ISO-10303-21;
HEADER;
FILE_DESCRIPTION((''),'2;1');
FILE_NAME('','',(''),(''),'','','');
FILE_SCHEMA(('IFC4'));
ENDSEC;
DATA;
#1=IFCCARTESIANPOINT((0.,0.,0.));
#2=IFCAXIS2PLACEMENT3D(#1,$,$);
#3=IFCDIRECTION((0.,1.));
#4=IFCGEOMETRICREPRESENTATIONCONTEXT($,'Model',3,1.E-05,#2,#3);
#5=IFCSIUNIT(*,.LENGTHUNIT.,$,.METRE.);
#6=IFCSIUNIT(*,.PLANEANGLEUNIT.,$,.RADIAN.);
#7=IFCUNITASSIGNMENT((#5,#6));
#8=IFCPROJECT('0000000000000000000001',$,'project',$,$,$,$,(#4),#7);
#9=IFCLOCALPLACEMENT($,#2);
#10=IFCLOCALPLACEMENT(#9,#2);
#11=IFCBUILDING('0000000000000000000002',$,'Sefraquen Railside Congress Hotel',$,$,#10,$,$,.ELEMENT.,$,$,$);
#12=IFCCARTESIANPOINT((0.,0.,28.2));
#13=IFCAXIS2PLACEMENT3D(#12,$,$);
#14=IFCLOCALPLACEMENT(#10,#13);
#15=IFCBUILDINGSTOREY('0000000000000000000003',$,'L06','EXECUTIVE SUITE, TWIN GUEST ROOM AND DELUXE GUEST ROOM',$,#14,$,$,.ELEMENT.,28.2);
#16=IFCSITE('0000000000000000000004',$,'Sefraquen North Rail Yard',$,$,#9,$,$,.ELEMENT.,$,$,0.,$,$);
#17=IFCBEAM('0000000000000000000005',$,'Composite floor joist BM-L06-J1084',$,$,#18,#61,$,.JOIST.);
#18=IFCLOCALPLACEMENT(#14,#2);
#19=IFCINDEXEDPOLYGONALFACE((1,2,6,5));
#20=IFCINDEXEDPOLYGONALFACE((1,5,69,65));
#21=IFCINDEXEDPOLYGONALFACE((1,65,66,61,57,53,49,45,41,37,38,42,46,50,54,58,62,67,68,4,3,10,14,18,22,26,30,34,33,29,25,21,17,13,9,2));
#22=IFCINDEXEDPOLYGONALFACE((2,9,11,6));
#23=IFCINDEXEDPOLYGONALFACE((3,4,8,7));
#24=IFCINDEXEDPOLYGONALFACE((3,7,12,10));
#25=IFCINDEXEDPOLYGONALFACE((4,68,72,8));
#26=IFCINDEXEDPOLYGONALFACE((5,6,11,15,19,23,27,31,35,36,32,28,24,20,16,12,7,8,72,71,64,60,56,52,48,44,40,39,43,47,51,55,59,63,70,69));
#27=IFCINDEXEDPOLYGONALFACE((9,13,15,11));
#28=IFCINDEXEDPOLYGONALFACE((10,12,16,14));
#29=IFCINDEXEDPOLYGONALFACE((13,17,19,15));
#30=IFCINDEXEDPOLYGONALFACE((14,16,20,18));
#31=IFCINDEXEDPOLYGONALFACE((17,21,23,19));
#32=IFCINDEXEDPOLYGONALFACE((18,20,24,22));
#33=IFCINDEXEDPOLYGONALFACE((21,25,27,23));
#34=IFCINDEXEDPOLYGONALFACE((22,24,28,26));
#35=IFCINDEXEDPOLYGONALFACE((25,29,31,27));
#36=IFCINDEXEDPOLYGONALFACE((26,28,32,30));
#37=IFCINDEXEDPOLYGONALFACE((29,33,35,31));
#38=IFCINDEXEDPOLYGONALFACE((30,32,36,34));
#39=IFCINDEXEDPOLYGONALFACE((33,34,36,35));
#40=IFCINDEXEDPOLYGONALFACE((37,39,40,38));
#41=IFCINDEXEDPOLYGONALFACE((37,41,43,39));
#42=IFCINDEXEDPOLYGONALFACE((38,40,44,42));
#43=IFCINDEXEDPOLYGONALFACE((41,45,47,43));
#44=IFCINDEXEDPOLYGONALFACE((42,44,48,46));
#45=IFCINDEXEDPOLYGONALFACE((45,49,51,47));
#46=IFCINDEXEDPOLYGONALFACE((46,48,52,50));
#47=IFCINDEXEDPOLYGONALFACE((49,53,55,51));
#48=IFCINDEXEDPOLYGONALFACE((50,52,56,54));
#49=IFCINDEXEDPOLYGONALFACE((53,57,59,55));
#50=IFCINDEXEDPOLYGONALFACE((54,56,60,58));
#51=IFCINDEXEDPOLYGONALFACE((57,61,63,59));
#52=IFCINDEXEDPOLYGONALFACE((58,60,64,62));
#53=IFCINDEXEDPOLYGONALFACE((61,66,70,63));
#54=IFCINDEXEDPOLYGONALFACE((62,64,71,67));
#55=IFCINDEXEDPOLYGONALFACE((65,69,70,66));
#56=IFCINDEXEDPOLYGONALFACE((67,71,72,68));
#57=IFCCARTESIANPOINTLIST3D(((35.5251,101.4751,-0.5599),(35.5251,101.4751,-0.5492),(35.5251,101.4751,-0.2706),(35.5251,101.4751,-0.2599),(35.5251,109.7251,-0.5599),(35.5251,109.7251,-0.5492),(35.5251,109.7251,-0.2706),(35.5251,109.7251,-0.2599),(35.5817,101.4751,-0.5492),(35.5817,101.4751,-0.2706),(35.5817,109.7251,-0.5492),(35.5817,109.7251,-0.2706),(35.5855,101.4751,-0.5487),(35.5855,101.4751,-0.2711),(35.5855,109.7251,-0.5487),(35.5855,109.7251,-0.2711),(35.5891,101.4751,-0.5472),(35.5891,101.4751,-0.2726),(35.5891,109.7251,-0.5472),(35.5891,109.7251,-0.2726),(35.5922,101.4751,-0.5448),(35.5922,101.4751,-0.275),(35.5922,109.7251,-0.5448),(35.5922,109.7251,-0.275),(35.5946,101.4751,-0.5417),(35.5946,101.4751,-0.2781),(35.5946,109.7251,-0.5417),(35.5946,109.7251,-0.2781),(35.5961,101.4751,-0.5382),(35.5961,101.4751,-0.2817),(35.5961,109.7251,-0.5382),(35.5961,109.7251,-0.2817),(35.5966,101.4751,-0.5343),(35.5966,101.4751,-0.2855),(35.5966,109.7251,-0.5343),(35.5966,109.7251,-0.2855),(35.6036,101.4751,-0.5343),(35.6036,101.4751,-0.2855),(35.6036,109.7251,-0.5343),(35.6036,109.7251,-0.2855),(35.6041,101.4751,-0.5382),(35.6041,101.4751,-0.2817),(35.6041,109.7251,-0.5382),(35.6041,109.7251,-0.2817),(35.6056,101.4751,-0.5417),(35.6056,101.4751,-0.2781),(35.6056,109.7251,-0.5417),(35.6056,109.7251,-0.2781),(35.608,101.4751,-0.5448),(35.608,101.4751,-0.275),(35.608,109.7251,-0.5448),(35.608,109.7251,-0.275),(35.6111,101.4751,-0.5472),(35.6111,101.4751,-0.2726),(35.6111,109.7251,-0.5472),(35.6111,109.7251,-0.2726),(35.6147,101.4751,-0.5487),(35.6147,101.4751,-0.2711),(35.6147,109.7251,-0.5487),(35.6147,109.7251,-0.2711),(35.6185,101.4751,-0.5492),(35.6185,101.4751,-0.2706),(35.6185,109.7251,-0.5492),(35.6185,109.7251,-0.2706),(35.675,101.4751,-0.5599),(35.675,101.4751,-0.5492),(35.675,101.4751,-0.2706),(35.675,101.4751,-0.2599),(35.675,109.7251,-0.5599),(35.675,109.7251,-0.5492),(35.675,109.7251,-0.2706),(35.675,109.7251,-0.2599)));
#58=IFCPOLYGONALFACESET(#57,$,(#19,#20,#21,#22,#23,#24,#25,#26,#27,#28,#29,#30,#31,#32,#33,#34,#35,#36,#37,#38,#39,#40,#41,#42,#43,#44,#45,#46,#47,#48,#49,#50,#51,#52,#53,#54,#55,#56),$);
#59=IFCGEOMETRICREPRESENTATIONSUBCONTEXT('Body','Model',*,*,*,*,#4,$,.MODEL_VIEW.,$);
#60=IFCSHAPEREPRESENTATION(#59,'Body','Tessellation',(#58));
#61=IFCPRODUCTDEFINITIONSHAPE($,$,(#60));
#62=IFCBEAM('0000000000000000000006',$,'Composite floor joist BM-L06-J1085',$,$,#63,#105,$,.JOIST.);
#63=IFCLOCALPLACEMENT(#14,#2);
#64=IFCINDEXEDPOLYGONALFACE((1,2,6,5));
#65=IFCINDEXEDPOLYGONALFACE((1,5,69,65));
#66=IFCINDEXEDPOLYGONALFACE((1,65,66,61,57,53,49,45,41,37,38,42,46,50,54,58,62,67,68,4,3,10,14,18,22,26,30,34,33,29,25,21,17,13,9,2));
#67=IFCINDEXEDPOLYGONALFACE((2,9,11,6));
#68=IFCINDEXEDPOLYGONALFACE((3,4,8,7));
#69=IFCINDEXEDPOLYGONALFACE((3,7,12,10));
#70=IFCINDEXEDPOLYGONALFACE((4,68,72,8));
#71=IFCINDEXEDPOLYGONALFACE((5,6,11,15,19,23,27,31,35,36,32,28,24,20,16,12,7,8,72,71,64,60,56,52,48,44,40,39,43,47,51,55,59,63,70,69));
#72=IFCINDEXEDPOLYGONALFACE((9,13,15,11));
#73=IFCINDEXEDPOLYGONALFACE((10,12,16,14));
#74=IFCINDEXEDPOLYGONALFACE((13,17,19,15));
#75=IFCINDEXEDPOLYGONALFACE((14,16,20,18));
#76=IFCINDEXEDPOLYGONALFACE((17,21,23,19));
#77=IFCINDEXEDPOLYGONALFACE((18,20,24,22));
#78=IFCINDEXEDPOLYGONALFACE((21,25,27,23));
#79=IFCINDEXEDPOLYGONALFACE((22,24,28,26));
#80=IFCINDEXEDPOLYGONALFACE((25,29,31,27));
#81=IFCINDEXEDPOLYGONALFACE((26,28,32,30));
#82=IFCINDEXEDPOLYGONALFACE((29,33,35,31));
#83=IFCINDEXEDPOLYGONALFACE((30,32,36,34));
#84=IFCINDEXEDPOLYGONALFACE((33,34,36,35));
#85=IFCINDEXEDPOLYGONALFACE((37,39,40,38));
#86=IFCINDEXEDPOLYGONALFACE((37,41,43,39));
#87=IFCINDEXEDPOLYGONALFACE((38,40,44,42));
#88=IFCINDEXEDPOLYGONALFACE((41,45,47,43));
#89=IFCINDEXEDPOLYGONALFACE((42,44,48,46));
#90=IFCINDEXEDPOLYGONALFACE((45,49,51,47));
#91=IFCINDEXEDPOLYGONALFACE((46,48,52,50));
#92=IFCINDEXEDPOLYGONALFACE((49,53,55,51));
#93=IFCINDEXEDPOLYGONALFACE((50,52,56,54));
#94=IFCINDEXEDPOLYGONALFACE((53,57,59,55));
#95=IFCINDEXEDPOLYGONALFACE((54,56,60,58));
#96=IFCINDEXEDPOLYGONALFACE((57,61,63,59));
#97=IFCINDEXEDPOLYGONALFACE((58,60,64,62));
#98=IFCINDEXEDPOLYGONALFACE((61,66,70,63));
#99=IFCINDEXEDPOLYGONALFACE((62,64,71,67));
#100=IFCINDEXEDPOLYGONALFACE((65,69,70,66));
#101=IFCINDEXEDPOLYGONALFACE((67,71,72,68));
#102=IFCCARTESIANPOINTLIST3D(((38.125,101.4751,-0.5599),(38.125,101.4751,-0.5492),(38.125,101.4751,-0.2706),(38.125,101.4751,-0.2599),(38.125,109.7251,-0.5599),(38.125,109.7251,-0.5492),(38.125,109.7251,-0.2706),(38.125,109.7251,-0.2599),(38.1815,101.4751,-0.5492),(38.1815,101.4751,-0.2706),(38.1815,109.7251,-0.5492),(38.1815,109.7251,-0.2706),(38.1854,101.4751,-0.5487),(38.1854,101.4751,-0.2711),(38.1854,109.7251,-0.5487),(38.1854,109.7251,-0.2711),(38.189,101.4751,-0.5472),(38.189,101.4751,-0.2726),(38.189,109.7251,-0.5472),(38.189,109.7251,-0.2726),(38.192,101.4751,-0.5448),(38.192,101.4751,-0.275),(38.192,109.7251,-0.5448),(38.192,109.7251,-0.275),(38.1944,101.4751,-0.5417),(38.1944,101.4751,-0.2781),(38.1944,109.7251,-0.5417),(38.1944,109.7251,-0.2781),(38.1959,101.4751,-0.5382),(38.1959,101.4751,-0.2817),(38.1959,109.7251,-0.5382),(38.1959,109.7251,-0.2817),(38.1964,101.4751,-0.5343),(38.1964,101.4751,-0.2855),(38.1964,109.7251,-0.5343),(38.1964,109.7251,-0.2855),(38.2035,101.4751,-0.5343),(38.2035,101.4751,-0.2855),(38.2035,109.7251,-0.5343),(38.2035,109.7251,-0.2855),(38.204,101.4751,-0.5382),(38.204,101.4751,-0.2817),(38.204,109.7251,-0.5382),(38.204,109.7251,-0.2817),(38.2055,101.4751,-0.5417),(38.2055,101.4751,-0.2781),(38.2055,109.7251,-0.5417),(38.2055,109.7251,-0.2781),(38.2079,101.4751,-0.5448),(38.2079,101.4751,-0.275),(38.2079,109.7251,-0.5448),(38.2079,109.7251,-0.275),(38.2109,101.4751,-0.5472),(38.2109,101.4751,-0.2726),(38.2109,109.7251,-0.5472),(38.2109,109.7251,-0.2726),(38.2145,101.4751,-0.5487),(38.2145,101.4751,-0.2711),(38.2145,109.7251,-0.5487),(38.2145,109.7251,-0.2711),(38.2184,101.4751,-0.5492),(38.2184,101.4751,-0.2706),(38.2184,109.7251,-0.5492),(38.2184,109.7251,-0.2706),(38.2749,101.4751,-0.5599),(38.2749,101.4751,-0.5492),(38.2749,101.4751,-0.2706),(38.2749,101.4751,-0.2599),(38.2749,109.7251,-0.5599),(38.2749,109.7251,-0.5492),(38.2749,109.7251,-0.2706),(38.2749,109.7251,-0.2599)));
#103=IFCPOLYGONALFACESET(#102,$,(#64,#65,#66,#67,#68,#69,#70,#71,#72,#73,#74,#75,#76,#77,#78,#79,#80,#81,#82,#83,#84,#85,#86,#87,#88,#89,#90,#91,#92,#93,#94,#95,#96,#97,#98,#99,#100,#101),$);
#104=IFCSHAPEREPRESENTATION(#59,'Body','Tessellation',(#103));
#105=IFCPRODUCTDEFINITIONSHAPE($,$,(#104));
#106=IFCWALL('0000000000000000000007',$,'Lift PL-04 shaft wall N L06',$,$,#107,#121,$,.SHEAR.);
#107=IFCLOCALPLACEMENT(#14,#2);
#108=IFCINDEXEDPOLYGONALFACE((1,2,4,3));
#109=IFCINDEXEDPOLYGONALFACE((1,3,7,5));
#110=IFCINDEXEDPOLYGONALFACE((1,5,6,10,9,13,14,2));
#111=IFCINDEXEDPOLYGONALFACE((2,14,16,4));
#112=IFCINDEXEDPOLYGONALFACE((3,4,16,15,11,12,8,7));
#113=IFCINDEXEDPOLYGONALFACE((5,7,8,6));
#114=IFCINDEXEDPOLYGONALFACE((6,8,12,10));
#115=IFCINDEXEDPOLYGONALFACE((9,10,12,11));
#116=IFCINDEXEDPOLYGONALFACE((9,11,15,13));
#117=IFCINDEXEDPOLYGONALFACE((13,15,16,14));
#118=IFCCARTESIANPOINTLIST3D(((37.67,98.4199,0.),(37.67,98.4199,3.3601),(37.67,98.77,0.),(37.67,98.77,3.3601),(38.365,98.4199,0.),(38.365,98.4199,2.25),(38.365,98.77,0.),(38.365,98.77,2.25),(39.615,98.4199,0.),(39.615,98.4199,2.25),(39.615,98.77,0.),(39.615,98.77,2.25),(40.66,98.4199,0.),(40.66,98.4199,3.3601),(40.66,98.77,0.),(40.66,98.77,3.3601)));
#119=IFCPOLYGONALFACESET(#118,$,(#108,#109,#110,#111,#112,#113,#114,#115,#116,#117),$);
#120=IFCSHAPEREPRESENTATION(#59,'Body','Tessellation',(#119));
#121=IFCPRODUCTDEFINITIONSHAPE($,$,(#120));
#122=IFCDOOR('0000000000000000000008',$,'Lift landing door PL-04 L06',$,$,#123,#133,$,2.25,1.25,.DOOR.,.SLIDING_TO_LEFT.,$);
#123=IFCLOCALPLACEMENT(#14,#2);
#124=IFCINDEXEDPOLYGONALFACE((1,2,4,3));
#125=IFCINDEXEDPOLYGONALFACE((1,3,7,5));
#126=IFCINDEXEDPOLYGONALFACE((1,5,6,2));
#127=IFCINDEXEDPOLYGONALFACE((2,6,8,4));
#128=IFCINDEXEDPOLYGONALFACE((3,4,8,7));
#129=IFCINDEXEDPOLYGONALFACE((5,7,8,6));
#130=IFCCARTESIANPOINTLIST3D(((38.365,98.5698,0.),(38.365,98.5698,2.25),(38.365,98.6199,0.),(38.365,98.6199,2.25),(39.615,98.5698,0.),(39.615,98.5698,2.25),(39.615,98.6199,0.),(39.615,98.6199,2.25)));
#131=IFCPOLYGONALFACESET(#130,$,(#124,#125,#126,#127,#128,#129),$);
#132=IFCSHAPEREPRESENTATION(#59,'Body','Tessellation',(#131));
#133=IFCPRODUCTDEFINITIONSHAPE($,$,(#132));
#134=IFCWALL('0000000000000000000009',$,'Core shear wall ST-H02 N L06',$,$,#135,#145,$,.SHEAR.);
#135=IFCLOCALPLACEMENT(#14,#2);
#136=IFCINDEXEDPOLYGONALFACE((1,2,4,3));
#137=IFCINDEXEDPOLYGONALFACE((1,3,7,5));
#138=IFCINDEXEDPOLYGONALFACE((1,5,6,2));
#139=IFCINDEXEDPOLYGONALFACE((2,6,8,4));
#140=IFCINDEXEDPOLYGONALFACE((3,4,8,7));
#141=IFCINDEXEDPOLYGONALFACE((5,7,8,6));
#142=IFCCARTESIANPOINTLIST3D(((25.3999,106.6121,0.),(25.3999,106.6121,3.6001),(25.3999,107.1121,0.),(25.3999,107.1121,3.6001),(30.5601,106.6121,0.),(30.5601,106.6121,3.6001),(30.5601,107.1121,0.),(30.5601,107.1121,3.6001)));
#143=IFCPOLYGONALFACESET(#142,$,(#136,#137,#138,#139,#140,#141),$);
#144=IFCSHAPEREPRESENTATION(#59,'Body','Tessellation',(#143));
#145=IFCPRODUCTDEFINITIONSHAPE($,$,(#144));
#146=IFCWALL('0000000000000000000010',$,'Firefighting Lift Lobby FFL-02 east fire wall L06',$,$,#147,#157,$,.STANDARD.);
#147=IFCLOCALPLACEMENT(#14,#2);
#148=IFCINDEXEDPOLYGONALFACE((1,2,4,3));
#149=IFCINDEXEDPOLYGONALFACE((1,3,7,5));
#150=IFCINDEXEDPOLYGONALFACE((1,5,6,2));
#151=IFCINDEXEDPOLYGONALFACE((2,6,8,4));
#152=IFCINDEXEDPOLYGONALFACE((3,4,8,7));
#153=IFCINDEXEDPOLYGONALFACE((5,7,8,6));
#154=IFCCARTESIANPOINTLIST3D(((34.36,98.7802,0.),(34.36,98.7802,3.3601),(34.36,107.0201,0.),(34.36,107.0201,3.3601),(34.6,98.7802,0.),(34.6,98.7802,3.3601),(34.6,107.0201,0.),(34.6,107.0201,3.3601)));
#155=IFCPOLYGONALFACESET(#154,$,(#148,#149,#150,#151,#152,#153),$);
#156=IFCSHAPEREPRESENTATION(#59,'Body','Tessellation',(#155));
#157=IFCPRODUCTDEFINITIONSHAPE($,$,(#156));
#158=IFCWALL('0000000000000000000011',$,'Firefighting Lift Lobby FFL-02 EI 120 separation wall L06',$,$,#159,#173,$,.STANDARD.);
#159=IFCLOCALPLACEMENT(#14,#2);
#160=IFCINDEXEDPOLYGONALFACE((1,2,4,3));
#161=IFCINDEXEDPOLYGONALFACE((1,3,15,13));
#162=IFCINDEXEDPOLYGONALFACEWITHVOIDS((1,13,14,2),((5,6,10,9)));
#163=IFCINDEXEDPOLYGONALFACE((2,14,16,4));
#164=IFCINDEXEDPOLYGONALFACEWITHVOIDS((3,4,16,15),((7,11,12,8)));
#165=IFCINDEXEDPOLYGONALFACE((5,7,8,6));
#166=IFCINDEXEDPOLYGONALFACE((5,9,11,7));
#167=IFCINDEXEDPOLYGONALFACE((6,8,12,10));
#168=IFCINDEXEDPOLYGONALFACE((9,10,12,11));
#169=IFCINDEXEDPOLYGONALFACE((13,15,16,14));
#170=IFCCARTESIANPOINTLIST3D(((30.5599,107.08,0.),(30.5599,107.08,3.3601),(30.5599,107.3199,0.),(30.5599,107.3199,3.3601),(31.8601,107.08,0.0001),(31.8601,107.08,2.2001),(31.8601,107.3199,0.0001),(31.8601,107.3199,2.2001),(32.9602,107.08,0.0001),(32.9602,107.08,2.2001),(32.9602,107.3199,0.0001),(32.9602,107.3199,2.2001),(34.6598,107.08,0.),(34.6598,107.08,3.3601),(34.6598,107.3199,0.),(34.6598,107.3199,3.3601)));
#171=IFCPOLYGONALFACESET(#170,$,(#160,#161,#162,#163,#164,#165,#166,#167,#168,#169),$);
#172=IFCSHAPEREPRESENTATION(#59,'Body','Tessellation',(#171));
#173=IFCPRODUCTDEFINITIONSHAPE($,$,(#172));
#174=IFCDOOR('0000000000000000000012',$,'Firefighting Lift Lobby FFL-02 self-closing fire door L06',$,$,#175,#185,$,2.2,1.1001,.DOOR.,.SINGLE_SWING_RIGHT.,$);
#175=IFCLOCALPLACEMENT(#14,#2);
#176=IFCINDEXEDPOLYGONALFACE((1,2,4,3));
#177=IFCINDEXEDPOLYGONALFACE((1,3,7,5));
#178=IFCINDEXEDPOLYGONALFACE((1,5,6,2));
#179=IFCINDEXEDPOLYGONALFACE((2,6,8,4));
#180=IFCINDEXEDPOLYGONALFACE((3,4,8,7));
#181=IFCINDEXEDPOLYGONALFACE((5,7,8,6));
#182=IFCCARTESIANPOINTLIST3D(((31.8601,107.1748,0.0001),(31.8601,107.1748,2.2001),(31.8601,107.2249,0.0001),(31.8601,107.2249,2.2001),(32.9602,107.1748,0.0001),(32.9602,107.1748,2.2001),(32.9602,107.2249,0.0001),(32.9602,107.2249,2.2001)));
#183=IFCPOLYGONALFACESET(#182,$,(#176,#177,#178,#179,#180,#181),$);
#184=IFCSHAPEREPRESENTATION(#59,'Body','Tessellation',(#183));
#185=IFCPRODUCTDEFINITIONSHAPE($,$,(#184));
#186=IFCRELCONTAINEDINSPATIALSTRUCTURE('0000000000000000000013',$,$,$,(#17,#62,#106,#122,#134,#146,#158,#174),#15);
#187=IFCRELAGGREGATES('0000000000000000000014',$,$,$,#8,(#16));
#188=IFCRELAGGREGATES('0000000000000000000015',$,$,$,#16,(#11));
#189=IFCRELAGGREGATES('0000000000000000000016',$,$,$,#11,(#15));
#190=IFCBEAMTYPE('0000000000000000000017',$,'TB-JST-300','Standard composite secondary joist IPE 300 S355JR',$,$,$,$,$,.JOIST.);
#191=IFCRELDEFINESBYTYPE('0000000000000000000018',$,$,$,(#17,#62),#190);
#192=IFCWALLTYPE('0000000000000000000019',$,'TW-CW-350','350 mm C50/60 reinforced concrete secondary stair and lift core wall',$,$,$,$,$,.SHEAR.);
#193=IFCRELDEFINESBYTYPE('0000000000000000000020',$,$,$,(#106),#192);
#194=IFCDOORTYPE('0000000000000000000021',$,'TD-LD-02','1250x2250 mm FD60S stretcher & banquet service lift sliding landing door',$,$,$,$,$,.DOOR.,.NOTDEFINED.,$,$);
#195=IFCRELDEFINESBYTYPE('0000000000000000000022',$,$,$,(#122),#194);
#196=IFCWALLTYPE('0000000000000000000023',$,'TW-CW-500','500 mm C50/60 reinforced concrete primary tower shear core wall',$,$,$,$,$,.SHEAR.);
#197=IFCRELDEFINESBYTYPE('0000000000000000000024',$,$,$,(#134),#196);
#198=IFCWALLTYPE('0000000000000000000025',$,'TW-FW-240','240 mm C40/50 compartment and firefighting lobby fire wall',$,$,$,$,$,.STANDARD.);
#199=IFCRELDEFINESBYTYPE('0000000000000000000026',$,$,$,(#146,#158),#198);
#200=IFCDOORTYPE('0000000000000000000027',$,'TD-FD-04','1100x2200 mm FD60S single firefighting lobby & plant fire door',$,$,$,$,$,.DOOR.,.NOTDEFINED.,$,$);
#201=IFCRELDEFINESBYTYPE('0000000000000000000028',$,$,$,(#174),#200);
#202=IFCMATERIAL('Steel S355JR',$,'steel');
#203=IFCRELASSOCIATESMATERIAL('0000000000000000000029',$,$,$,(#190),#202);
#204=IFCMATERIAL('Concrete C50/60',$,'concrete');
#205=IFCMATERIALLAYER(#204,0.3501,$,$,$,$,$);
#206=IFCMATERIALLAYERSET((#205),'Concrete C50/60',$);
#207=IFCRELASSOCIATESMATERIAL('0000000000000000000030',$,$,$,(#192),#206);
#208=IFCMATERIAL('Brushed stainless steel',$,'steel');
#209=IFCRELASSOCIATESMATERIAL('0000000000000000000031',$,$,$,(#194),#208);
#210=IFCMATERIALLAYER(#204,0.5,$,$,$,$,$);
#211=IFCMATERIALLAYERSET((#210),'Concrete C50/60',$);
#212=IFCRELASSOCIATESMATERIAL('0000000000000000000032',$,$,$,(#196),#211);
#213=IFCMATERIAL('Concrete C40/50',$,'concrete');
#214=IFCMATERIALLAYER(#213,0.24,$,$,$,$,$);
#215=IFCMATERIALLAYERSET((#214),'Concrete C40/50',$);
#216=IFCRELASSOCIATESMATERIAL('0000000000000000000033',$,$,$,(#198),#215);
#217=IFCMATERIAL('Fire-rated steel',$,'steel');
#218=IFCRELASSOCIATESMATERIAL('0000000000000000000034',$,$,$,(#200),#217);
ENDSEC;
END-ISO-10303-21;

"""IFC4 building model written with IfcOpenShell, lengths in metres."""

from ifc_helpers import new_model, si_unit, direction, frame, frame_2d, origin, origin_2d, place, context, subcontext, project, spatial, rectangle, i_section, extrude, material, layer, layer_set, material_profile, profile_set, type_object, element, fill, save


model = new_model("IFC4")

# Units and contexts
model_context = context("Model", 3, precision=1e-05, world=origin(), true_north=direction((0.0, 1.0)))
body_context = subcontext(model_context, "Body", "Model", "MODEL_VIEW")
ifc_project = project(units=[si_unit("LENGTHUNIT", "METRE"), si_unit("PLANEANGLEUNIT", "RADIAN")], contexts=[model_context])

# Site, building, storey
site_placement = place(None, origin())
site = spatial("IfcSite", under=ifc_project, at=site_placement, Name="Sefraquen North Rail Yard", CompositionType="ELEMENT", RefElevation=0.0)
building_placement = place(site_placement, origin())
building = spatial("IfcBuilding", under=site, at=building_placement, Name="Sefraquen Railside Congress Hotel", CompositionType="ELEMENT")
storey_placement = place(building_placement, frame((0.0, 0.0, 28.2)))
storey = spatial("IfcBuildingStorey", under=building, at=storey_placement, Name="L06", Description="EXECUTIVE SUITE, TWIN GUEST ROOM AND DELUXE GUEST ROOM", CompositionType="ELEMENT", Elevation=28.2)

# Shared definitions
ifc_material_1 = material(Name="Steel S355JR", Category="steel")

# Beams
ifc_material_profile_1 = material_profile(ifc_material_1, i_section(OverallWidth=0.1499, OverallDepth=0.3, WebThickness=0.0071, FlangeThickness=0.0107, FilletRadius=0.0149, at=origin_2d()), Name="IPE 300")
ifc_profile_set_1 = profile_set([ifc_material_profile_1], Name="Steel S355JR")
beam_type_1 = type_object("IfcBeamType", Name="TB-JST-300", Description="Standard composite secondary joist IPE 300 S355JR", PredefinedType="JOIST", material=ifc_profile_set_1)
for number, where, z_axis, x_axis, name in (
    (1, (35.6001, 101.4751, -0.4099), (0.0, 1.0, 0.0), (-1.0, 0.0, 0.0), "Composite floor joist BM-L06-J1084"),
    (2, (38.2, 101.4751, -0.4099), (0.0, 1.0, 0.0), (-1.0, 0.0, 0.0), "Composite floor joist BM-L06-J1085"),
):
    element("IfcBeam", number, at=place(storey_placement, frame(where, z_axis=z_axis, x_axis=x_axis)), inside=storey, type_object=beam_type_1, Name=name, PredefinedType="JOIST", context=body_context, shape_type="SweptSolid", body=[
        extrude(i_section(OverallWidth=0.1499, OverallDepth=0.3, WebThickness=0.0071, FlangeThickness=0.0107, FilletRadius=0.0149, at=origin_2d()), origin(), (0.0, 0.0, 1.0), 8.25),
    ])

# Wall, opening, door
ifc_material_2 = material(Name="Concrete C50/60", Category="concrete")
ifc_layer_1 = layer(ifc_material_2, 0.3501)
ifc_layer_set_1 = layer_set([ifc_layer_1], Name="Concrete C50/60")
wall_type_1 = type_object("IfcWallType", Name="TW-CW-350", Description="350 mm C50/60 reinforced concrete secondary stair and lift core wall", PredefinedType="SHEAR", material=ifc_layer_set_1)
wall_1_placement = place(storey_placement, frame((37.6699, 98.595, 0.0), z_axis=(0.0, 0.0, 1.0), x_axis=(1.0, 0.0, 0.0)))
wall_1 = element("IfcWall", 3, at=wall_1_placement, inside=storey, type_object=wall_type_1, Name="Lift PL-04 shaft wall N L06", PredefinedType="SHEAR", context=body_context, shape_type="SweptSolid", body=[
    extrude(rectangle(XDim=2.99, YDim=0.3501, at=frame_2d((1.4951, 0.0))), origin(), (0.0, 0.0, 1.0), 3.3601),
])
opening_1_placement = place(wall_1_placement, frame((0.6951, 0.0, 0.0)))
opening_1 = element("IfcOpeningElement", 4, at=opening_1_placement, cuts=wall_1, PredefinedType="OPENING", context=body_context, shape_type="SweptSolid", body=[
    extrude(rectangle(XDim=1.25, YDim=2.25, at=frame_2d((0.625, 1.125))), frame((0.0, 0.1851, 0.0), z_axis=(0.0, -1.0, 0.0), x_axis=(1.0, 0.0, 0.0)), (0.0, 0.0, 1.0), 0.3701),
])
ifc_material_3 = material(Name="Brushed stainless steel", Category="steel")
door_type_1 = type_object("IfcDoorType", Name="TD-LD-02", Description="1250x2250 mm FD60S stretcher & banquet service lift sliding landing door", OperationType="NOTDEFINED", PredefinedType="DOOR", material=ifc_material_3)
door_1_placement = place(opening_1_placement, origin())
door_1 = element("IfcDoor", 5, at=door_1_placement, inside=storey, type_object=door_type_1, Name="Lift landing door PL-04 L06", OperationType="SLIDING_TO_LEFT", OverallHeight=2.25, OverallWidth=1.25, PredefinedType="DOOR", context=body_context, shape_type="SweptSolid", body=[
    extrude(rectangle(XDim=1.25, YDim=2.25, at=frame_2d((0.625, 1.125))), frame((0.0, 0.0249, 0.0), z_axis=(0.0, -1.0, 0.0), x_axis=(1.0, 0.0, 0.0)), (0.0, 0.0, 1.0), 0.05),
])
fill(opening_1, door_1)

# Walls
ifc_layer_2 = layer(ifc_material_2, 0.5)
ifc_layer_set_2 = layer_set([ifc_layer_2], Name="Concrete C50/60")
wall_type_2 = type_object("IfcWallType", Name="TW-CW-500", Description="500 mm C50/60 reinforced concrete primary tower shear core wall", PredefinedType="SHEAR", material=ifc_layer_set_2)
wall_2_placement = place(storey_placement, frame((25.3999, 106.8621, 0.0), z_axis=(0.0, 0.0, 1.0), x_axis=(1.0, 0.0, 0.0)))
element("IfcWall", 6, at=wall_2_placement, inside=storey, type_object=wall_type_2, Name="Core shear wall ST-H02 N L06", PredefinedType="SHEAR", context=body_context, shape_type="SweptSolid", body=[
    extrude(rectangle(XDim=5.1602, YDim=0.5, at=frame_2d((2.5801, 0.0))), origin(), (0.0, 0.0, 1.0), 3.6001),
])
ifc_material_4 = material(Name="Concrete C40/50", Category="concrete")
ifc_layer_3 = layer(ifc_material_4, 0.24)
ifc_layer_set_3 = layer_set([ifc_layer_3], Name="Concrete C40/50")
wall_type_3 = type_object("IfcWallType", Name="TW-FW-240", Description="240 mm C40/50 compartment and firefighting lobby fire wall", PredefinedType="STANDARD", material=ifc_layer_set_3)
wall_3_placement = place(storey_placement, frame((34.48, 98.78, 0.0), z_axis=(0.0, 0.0, 1.0), x_axis=(0.0, 1.0, 0.0)))
element("IfcWall", 7, at=wall_3_placement, inside=storey, type_object=wall_type_3, Name="Firefighting Lift Lobby FFL-02 east fire wall L06", PredefinedType="STANDARD", context=body_context, shape_type="SweptSolid", body=[
    extrude(rectangle(XDim=8.24, YDim=0.24, at=frame_2d((4.1201, 0.0))), origin(), (0.0, 0.0, 1.0), 3.3601),
])

# Wall, opening, door
wall_4_placement = place(storey_placement, frame((30.5601, 107.2, 0.0), z_axis=(0.0, 0.0, 1.0), x_axis=(1.0, 0.0, 0.0)))
wall_4 = element("IfcWall", 8, at=wall_4_placement, inside=storey, type_object=wall_type_3, Name="Firefighting Lift Lobby FFL-02 EI 120 separation wall L06", PredefinedType="STANDARD", context=body_context, shape_type="SweptSolid", body=[
    extrude(rectangle(XDim=4.0999, YDim=0.24, at=frame_2d((2.0498, 0.0))), origin(), (0.0, 0.0, 1.0), 3.3601),
])
opening_2_placement = place(wall_4_placement, frame((1.3, 0.0, 0.0)))
opening_2 = element("IfcOpeningElement", 9, at=opening_2_placement, cuts=wall_4, PredefinedType="OPENING", context=body_context, shape_type="SweptSolid", body=[
    extrude(rectangle(XDim=1.1001, YDim=2.2, at=frame_2d((0.55, 1.1001))), frame((0.0, 0.1299, 0.0), z_axis=(0.0, -1.0, 0.0), x_axis=(1.0, 0.0, 0.0)), (0.0, 0.0, 1.0), 0.26),
])
ifc_material_5 = material(Name="Fire-rated steel", Category="steel")
door_type_2 = type_object("IfcDoorType", Name="TD-FD-04", Description="1100x2200 mm FD60S single firefighting lobby & plant fire door", OperationType="NOTDEFINED", PredefinedType="DOOR", material=ifc_material_5)
door_2_placement = place(opening_2_placement, origin())
door_2 = element("IfcDoor", 10, at=door_2_placement, inside=storey, type_object=door_type_2, Name="Firefighting Lift Lobby FFL-02 self-closing fire door L06", OperationType="SINGLE_SWING_RIGHT", OverallHeight=2.2, OverallWidth=1.1001, PredefinedType="DOOR", context=body_context, shape_type="SweptSolid", body=[
    extrude(rectangle(XDim=1.1001, YDim=2.2, at=frame_2d((0.55, 1.1001))), frame((0.0, 0.0249, 0.0), z_axis=(0.0, -1.0, 0.0), x_axis=(1.0, 0.0, 0.0)), (0.0, 0.0, 1.0), 0.05),
])
fill(opening_2, door_2)

save(model, "model.ifc")
